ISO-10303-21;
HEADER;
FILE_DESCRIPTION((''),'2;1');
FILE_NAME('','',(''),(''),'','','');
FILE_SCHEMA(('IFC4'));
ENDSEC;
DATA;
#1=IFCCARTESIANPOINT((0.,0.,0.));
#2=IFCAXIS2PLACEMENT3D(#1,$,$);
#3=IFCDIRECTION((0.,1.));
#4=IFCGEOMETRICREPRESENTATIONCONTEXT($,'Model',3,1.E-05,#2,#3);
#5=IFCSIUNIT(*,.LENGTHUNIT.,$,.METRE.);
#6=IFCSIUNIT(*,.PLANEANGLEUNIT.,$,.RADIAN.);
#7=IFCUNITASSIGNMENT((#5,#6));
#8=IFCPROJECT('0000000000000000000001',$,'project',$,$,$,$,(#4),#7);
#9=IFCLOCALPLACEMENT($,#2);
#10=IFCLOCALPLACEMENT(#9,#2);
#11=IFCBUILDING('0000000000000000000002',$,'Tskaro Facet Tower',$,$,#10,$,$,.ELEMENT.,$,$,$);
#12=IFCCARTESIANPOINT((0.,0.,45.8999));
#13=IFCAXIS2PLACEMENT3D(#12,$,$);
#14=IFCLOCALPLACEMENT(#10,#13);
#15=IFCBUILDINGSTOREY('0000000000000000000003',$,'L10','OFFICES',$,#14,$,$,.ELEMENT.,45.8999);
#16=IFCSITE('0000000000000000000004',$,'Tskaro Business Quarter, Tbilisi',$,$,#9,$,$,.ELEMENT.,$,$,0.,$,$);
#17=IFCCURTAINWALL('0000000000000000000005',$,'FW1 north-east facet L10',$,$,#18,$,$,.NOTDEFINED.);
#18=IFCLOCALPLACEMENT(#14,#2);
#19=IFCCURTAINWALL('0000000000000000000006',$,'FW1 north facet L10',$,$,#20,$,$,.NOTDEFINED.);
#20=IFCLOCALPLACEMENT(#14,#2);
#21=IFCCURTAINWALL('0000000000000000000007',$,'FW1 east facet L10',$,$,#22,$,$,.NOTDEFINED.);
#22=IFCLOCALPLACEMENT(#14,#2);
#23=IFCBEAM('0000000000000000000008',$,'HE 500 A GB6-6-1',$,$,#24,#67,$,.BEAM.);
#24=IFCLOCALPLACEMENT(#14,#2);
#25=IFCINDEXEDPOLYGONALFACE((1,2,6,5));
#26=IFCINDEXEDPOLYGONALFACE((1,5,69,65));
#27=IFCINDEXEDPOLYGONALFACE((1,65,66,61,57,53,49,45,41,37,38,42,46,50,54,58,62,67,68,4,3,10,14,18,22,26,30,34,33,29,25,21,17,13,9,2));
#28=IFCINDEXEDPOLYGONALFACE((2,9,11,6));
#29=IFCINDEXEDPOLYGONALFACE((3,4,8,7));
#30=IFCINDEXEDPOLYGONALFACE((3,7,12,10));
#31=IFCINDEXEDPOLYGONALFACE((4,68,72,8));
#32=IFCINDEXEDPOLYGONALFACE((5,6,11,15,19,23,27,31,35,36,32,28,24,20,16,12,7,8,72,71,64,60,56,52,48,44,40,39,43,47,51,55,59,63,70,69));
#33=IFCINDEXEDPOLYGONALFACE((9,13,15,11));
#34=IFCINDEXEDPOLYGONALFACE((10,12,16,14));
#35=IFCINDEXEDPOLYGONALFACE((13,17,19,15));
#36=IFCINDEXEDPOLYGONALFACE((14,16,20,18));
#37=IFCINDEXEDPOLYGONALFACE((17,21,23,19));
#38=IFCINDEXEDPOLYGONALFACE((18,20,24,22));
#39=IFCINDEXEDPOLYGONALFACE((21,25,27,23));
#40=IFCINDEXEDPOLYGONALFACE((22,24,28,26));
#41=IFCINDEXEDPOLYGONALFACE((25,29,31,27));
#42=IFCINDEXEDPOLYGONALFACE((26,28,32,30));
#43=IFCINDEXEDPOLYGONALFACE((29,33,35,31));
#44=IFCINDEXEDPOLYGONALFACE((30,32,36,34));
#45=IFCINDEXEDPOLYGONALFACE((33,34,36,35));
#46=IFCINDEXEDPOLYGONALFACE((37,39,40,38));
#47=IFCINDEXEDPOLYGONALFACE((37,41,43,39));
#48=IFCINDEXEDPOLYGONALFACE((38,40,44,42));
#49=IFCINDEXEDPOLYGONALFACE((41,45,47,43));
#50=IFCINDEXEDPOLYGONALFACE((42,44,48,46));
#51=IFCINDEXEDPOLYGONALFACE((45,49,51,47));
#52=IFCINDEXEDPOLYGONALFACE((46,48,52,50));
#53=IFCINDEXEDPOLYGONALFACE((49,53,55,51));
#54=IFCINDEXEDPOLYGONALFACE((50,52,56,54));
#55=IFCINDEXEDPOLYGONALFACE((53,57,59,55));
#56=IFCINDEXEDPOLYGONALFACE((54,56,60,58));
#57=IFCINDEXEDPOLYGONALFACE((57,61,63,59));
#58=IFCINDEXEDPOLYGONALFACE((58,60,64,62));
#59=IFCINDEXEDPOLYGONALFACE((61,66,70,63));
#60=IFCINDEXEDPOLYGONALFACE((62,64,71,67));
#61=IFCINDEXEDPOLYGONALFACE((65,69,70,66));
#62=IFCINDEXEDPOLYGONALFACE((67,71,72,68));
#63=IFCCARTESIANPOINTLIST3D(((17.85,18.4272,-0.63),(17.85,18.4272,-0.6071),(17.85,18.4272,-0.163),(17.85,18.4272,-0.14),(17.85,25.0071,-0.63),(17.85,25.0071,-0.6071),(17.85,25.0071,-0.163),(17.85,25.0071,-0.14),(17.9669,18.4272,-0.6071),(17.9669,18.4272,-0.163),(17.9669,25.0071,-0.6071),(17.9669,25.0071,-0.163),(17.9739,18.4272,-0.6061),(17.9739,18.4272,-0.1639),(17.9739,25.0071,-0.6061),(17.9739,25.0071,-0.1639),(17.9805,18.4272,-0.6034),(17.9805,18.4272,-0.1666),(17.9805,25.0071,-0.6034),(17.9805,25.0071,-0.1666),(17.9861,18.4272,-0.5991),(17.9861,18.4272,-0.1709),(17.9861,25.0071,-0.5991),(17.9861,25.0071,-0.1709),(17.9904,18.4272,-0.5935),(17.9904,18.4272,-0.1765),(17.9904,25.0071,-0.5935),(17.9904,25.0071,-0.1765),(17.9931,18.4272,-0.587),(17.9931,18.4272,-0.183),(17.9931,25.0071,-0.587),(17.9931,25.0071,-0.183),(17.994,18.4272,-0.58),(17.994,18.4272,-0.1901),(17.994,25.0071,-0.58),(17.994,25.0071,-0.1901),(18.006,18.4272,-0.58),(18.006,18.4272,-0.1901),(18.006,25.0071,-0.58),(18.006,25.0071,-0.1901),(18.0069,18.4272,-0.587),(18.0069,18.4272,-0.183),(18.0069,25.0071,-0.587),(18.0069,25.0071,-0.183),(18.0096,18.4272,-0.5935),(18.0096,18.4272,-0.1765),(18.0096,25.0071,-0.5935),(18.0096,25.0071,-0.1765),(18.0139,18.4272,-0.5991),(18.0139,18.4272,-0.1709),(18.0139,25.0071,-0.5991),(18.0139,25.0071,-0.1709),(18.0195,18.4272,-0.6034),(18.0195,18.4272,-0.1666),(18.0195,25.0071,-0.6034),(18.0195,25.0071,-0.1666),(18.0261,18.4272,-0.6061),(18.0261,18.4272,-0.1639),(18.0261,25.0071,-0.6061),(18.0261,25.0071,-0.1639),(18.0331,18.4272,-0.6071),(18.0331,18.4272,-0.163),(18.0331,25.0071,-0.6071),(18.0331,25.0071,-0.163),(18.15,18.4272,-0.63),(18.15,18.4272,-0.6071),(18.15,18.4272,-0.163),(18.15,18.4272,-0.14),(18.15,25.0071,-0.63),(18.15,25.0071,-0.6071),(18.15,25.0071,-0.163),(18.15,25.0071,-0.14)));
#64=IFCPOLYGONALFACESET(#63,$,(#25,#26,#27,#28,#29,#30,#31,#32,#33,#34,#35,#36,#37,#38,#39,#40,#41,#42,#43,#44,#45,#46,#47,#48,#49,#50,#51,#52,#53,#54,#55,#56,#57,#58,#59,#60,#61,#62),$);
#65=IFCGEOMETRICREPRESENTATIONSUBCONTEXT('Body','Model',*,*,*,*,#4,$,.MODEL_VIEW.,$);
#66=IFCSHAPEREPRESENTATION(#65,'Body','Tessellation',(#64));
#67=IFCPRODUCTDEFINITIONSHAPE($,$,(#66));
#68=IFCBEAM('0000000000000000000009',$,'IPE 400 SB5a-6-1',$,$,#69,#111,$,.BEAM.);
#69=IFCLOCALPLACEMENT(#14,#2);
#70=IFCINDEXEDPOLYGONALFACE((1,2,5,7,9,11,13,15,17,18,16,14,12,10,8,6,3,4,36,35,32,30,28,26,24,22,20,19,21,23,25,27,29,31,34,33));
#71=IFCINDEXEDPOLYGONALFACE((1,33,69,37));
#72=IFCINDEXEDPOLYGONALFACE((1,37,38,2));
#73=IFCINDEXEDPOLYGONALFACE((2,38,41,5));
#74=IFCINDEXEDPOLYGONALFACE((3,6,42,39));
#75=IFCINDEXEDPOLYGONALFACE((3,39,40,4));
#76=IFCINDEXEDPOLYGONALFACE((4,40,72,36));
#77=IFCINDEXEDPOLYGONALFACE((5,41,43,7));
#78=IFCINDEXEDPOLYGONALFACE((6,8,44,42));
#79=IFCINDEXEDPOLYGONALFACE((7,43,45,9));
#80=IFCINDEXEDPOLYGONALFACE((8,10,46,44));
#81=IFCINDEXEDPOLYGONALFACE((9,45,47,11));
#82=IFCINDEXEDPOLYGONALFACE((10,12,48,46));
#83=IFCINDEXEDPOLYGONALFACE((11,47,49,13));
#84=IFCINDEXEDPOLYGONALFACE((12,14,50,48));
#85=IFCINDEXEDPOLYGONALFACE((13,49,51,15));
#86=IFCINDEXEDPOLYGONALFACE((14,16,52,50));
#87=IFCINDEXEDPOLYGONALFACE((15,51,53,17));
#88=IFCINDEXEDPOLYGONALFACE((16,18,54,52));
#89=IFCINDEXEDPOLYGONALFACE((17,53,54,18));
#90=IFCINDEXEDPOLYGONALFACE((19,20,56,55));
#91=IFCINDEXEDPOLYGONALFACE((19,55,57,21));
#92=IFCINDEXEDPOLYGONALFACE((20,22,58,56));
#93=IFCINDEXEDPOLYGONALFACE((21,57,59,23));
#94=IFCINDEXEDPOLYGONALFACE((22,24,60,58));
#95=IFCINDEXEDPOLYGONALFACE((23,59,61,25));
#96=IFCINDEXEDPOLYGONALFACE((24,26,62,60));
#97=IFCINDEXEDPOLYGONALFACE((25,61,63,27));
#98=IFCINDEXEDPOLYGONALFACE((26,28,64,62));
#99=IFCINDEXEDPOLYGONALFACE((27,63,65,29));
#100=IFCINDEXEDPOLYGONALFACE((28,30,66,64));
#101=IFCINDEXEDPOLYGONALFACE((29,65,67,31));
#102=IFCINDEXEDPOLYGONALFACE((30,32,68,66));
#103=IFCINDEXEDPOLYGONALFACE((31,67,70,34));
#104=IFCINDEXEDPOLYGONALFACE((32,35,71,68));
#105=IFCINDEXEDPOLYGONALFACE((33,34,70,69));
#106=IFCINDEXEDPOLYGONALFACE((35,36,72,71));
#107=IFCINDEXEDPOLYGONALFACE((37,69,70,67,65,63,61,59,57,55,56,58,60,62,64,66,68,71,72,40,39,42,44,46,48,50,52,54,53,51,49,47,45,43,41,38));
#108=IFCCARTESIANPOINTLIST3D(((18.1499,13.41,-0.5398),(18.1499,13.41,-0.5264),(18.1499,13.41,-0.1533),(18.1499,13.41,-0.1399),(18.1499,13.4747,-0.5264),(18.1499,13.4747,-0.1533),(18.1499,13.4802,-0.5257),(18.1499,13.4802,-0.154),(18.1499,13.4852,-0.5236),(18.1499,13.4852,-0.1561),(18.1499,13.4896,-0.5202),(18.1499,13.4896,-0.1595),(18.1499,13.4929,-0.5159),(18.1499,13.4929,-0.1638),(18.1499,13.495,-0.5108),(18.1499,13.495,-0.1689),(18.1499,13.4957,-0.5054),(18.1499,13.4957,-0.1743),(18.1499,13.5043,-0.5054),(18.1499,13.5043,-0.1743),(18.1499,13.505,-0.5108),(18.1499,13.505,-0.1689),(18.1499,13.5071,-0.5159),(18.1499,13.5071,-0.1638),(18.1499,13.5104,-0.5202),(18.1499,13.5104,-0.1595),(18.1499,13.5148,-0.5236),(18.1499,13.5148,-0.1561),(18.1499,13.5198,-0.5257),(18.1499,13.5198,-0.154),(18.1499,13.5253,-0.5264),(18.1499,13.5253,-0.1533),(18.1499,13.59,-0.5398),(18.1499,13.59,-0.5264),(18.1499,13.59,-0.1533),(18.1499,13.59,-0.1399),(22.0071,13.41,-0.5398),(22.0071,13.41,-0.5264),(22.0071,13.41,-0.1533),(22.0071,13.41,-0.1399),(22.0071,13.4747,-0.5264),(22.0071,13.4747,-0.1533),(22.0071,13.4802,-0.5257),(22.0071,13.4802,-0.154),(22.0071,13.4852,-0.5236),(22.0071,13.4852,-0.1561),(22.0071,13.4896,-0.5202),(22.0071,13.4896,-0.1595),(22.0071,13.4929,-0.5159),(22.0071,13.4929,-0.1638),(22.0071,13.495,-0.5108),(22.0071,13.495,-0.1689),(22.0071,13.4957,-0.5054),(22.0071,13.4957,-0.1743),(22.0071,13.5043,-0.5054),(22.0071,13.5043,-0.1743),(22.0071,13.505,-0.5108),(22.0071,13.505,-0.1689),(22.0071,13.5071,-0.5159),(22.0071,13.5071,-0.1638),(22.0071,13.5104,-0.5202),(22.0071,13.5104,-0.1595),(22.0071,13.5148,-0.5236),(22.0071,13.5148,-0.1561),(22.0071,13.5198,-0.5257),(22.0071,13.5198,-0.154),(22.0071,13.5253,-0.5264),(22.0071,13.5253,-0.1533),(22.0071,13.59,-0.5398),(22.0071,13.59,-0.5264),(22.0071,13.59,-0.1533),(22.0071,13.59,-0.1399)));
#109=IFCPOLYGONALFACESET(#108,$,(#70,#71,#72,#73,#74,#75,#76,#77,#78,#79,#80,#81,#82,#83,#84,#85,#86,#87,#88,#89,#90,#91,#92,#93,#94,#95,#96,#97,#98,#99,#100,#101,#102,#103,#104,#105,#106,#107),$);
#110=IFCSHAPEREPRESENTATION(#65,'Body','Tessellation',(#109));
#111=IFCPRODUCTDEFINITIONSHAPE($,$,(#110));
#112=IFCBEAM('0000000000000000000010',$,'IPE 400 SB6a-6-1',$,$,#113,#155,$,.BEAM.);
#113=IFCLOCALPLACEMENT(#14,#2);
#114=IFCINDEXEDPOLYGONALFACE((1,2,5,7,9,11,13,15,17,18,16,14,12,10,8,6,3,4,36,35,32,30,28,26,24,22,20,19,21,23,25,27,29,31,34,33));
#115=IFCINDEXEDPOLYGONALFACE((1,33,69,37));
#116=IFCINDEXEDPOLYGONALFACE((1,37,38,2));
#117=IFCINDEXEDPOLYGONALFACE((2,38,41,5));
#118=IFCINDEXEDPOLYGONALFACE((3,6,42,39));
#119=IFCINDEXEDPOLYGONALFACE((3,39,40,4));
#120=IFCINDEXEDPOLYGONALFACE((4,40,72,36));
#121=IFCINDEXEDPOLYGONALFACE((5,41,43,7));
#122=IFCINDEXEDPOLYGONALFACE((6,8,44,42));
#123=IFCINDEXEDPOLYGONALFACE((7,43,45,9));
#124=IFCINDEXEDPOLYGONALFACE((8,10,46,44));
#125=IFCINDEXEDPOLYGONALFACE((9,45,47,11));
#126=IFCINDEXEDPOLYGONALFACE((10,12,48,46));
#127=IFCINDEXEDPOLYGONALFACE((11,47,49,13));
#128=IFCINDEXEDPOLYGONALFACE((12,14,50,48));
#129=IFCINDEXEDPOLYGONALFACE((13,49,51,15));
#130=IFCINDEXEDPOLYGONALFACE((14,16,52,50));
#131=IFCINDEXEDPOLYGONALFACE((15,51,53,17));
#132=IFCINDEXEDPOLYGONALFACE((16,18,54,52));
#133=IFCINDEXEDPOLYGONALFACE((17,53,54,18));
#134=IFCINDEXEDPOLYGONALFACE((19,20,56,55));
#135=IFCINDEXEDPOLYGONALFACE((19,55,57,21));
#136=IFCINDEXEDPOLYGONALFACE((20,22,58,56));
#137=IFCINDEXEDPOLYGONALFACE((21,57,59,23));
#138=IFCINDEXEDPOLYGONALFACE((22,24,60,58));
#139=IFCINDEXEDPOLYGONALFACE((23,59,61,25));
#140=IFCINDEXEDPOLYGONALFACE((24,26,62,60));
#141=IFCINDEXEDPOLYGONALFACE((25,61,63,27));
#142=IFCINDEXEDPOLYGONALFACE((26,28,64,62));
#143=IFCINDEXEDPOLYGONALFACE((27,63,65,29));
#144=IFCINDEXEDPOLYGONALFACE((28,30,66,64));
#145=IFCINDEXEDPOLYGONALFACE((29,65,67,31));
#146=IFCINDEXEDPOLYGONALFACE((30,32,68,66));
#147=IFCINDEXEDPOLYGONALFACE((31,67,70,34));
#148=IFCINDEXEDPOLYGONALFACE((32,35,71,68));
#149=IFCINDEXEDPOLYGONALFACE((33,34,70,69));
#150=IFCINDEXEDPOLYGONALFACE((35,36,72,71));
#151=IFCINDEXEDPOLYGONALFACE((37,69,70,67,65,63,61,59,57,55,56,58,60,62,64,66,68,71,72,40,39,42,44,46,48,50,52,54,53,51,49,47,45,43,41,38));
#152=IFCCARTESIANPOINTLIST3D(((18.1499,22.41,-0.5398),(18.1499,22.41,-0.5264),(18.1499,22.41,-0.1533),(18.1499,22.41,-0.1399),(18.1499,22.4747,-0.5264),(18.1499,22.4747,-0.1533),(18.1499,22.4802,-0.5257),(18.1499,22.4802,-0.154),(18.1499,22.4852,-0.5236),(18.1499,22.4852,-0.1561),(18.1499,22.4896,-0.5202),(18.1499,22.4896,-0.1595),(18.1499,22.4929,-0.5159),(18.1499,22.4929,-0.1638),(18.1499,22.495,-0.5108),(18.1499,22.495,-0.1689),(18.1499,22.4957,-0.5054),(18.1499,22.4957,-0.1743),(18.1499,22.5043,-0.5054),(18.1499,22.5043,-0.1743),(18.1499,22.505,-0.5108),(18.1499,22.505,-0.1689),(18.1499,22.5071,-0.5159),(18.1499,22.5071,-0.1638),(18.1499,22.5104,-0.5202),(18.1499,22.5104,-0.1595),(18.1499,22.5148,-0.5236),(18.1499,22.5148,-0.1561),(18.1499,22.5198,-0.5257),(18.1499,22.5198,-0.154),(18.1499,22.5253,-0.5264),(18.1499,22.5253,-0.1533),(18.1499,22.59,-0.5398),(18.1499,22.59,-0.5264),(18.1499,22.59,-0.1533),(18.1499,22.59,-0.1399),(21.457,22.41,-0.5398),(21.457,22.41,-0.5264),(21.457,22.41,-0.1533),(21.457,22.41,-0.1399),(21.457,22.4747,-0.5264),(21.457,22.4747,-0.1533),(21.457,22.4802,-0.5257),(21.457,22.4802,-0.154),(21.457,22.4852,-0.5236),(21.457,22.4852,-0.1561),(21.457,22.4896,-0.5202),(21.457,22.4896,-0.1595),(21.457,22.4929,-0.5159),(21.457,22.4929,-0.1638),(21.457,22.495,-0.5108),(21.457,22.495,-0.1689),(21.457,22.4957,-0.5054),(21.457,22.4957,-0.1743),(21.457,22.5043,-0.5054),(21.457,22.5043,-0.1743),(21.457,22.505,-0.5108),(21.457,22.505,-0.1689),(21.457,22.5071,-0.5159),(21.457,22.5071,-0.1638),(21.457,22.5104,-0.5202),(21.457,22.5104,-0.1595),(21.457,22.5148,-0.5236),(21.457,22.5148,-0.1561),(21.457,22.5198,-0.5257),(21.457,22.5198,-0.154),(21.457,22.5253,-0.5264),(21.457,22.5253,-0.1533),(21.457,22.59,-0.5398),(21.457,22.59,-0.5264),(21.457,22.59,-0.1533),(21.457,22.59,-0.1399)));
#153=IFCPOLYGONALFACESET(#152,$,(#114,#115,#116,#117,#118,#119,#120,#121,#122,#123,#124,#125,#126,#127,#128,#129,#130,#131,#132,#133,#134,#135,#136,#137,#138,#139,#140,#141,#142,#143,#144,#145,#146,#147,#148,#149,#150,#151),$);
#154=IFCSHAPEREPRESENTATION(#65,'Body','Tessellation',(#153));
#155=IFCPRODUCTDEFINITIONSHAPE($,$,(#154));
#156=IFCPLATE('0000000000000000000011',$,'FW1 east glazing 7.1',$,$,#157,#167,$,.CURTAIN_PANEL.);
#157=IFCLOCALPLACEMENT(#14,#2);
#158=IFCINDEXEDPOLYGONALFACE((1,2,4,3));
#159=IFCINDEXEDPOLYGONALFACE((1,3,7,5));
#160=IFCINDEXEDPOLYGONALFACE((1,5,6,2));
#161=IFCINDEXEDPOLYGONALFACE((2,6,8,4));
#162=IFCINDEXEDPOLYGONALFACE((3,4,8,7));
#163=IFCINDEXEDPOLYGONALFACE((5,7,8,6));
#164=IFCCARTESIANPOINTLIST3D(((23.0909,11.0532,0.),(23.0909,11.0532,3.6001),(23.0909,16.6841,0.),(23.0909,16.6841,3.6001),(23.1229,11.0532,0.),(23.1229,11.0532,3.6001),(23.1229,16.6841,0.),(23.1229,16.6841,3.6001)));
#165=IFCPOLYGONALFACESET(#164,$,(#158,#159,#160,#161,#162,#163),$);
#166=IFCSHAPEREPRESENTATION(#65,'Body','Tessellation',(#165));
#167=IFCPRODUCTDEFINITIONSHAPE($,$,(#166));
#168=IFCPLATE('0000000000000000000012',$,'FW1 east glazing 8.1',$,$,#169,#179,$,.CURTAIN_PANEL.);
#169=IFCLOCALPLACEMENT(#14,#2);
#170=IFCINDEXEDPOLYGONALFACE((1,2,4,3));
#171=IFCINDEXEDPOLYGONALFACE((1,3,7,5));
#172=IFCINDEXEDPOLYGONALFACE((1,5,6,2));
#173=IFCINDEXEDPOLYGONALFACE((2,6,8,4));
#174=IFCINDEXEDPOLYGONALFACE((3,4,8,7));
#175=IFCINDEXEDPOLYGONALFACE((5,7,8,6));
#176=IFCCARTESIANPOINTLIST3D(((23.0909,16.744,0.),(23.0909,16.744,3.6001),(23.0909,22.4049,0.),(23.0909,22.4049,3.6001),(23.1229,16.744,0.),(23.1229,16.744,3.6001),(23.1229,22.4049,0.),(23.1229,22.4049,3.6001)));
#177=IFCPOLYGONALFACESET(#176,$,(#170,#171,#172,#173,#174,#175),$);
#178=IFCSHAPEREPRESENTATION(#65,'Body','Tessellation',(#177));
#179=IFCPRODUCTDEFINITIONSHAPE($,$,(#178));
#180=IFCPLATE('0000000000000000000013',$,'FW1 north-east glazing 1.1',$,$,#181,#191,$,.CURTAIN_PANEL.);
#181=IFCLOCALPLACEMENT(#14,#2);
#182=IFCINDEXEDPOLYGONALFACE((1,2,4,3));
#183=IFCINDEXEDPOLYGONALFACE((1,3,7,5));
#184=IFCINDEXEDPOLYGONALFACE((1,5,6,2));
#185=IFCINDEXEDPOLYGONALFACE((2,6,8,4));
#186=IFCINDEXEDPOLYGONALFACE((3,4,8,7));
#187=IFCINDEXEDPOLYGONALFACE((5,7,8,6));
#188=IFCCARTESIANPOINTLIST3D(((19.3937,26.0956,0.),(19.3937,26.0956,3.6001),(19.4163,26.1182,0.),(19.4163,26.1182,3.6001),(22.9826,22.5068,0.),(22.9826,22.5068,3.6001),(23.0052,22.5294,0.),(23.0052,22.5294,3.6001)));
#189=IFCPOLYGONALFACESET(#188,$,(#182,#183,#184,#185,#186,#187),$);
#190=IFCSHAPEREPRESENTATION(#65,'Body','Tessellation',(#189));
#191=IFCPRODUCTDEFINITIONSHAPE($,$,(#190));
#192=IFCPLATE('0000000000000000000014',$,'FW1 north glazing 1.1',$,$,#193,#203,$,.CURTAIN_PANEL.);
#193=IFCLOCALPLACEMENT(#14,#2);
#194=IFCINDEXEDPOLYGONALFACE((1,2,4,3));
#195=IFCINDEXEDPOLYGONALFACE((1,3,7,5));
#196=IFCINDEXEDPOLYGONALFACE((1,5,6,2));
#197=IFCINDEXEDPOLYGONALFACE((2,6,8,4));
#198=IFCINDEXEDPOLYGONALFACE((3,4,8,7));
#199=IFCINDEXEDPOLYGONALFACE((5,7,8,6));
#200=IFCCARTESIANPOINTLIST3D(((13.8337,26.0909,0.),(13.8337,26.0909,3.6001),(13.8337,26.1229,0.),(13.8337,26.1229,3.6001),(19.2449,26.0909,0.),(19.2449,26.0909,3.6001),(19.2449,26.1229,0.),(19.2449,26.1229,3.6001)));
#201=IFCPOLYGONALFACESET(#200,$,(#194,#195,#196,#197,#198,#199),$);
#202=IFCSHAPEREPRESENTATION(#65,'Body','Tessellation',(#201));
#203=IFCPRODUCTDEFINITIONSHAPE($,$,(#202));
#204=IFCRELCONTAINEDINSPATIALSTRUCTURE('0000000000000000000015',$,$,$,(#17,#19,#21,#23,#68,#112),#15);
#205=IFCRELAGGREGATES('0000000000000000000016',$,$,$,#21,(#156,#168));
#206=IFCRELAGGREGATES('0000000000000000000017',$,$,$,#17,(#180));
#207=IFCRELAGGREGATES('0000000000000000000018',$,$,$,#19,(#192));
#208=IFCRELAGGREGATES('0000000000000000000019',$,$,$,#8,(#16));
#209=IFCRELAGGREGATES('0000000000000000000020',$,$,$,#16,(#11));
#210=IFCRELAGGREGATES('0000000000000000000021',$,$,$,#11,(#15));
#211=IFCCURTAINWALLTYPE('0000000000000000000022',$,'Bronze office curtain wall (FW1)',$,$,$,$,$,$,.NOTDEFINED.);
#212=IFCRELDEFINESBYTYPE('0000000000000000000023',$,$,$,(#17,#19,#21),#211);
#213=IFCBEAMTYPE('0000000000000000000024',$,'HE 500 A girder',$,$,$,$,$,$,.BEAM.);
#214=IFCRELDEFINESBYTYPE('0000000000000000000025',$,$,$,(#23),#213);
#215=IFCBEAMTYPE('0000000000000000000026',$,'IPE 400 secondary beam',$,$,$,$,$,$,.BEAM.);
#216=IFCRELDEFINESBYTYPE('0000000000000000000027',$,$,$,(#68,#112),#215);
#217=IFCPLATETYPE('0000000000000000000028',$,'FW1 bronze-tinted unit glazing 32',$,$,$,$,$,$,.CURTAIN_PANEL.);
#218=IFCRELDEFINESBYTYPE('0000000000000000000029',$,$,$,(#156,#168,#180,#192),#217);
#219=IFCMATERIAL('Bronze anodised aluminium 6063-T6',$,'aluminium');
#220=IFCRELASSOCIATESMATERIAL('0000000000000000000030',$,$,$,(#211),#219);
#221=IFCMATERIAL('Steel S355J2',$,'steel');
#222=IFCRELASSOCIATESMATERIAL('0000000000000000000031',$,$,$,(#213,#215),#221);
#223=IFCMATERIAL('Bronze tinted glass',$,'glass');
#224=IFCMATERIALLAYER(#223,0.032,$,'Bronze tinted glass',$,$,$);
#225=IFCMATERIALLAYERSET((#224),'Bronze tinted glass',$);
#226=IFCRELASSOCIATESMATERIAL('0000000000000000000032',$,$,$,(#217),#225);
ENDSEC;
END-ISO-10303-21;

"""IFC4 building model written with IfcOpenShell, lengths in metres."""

from ifc_helpers import new_model, si_unit, direction, frame, origin, origin_2d, place, context, subcontext, project, spatial, rectangle, i_section, extrude, material, layer, layer_set, material_profile, profile_set, type_object, element, aggregate, save


model = new_model("IFC4")

# Units and contexts
model_context = context("Model", 3, precision=1e-05, world=origin(), true_north=direction((0.0, 1.0)))
body_context = subcontext(model_context, "Body", "Model", "MODEL_VIEW")
ifc_project = project(units=[si_unit("LENGTHUNIT", "METRE"), si_unit("PLANEANGLEUNIT", "RADIAN")], contexts=[model_context])

# Site, building, storey
site_placement = place(None, origin())
site = spatial("IfcSite", under=ifc_project, at=site_placement, Name="Tskaro Business Quarter, Tbilisi", CompositionType="ELEMENT", RefElevation=0.0)
building_placement = place(site_placement, origin())
building = spatial("IfcBuilding", under=site, at=building_placement, Name="Tskaro Facet Tower", CompositionType="ELEMENT")
storey_placement = place(building_placement, frame((0.0, 0.0, 45.8999)))
storey = spatial("IfcBuildingStorey", under=building, at=storey_placement, Name="L10", Description="OFFICES", CompositionType="ELEMENT", Elevation=45.8999)

# Curtain walls
ifc_material_1 = material(Name="Bronze anodised aluminium 6063-T6", Category="aluminium")
curtain_wall_type = type_object("IfcCurtainWallType", Name="Bronze office curtain wall (FW1)", PredefinedType="NOTDEFINED", material=ifc_material_1)
curtain_wall_1_placement = place(storey_placement, origin())
curtain_wall_1 = element("IfcCurtainWall", 1, at=curtain_wall_1_placement, inside=storey, type_object=curtain_wall_type, Name="FW1 north-east facet L10", PredefinedType="NOTDEFINED")
curtain_wall_2_placement = place(storey_placement, origin())
curtain_wall_2 = element("IfcCurtainWall", 2, at=curtain_wall_2_placement, inside=storey, type_object=curtain_wall_type, Name="FW1 north facet L10", PredefinedType="NOTDEFINED")

# Curtain wall
curtain_wall_3_placement = place(storey_placement, origin())
curtain_wall_3 = element("IfcCurtainWall", 3, at=curtain_wall_3_placement, inside=storey, type_object=curtain_wall_type, Name="FW1 east facet L10", PredefinedType="NOTDEFINED")

# Beams
ifc_material_2 = material(Name="Steel S355J2", Category="steel")
ifc_material_profile_1 = material_profile(ifc_material_2, i_section(OverallWidth=0.3, OverallDepth=0.49, WebThickness=0.012, FlangeThickness=0.0229, FilletRadius=0.0271, at=origin_2d()), Name="HE 500 A")
ifc_profile_set_1 = profile_set([ifc_material_profile_1], Name="Steel S355J2")
beam_type_1 = type_object("IfcBeamType", Name="HE 500 A girder", PredefinedType="BEAM", material=ifc_profile_set_1)
beam_1_placement = place(storey_placement, frame((18.0, 18.4272, -0.385), z_axis=(0.0, 1.0, 0.0), x_axis=(-1.0, 0.0, 0.0)))
element("IfcBeam", 4, at=beam_1_placement, inside=storey, type_object=beam_type_1, Name="HE 500 A GB6-6-1", PredefinedType="BEAM", context=body_context, shape_type="SweptSolid", body=[
    extrude(i_section(OverallWidth=0.3, OverallDepth=0.49, WebThickness=0.012, FlangeThickness=0.0229, FilletRadius=0.0271, at=origin_2d()), origin(), (0.0, 0.0, 1.0), 6.5798),
])
ifc_material_profile_2 = material_profile(ifc_material_2, i_section(OverallWidth=0.1799, OverallDepth=0.3999, WebThickness=0.0085, FlangeThickness=0.0134, FilletRadius=0.021, at=origin_2d()), Name="IPE 400")
ifc_profile_set_2 = profile_set([ifc_material_profile_2], Name="Steel S355J2")
beam_type_2 = type_object("IfcBeamType", Name="IPE 400 secondary beam", PredefinedType="BEAM", material=ifc_profile_set_2)
beam_2_placement = place(storey_placement, frame((18.1499, 13.5, -0.3398), z_axis=(1.0, 0.0, 0.0), x_axis=(0.0, 1.0, 0.0)))
element("IfcBeam", 5, at=beam_2_placement, inside=storey, type_object=beam_type_2, Name="IPE 400 SB5a-6-1", PredefinedType="BEAM", context=body_context, shape_type="SweptSolid", body=[
    extrude(i_section(OverallWidth=0.1799, OverallDepth=0.3999, WebThickness=0.0085, FlangeThickness=0.0134, FilletRadius=0.021, at=origin_2d()), origin(), (0.0, 0.0, 1.0), 3.8572),
])
beam_3_placement = place(storey_placement, frame((18.1499, 22.5, -0.3398), z_axis=(1.0, 0.0, 0.0), x_axis=(0.0, 1.0, 0.0)))
element("IfcBeam", 6, at=beam_3_placement, inside=storey, type_object=beam_type_2, Name="IPE 400 SB6a-6-1", PredefinedType="BEAM", context=body_context, shape_type="SweptSolid", body=[
    extrude(i_section(OverallWidth=0.1799, OverallDepth=0.3999, WebThickness=0.0085, FlangeThickness=0.0134, FilletRadius=0.021, at=origin_2d()), origin(), (0.0, 0.0, 1.0), 3.3071),
])

# Plates
ifc_material_3 = material(Name="Bronze tinted glass", Category="glass")
ifc_layer_1 = layer(ifc_material_3, 0.032, Name="Bronze tinted glass")
ifc_layer_set_1 = layer_set([ifc_layer_1], Name="Bronze tinted glass")
plate_type = type_object("IfcPlateType", Name="FW1 bronze-tinted unit glazing 32", PredefinedType="CURTAIN_PANEL", material=ifc_layer_set_1)
plate_1_placement = place(storey_placement, frame((23.1069, 13.8687, 0.0), z_axis=(0.0, 0.0, 1.0), x_axis=(0.0, 1.0, 0.0)))
plate_1 = element("IfcPlate", 7, at=plate_1_placement, type_object=plate_type, Name="FW1 east glazing 7.1", PredefinedType="CURTAIN_PANEL", context=body_context, shape_type="SweptSolid", body=[
    extrude(rectangle(XDim=5.6309, YDim=0.032, at=origin_2d()), origin(), (0.0, 0.0, 1.0), 3.6001),
])
plate_2_placement = place(storey_placement, frame((23.1069, 19.5745, 0.0), z_axis=(0.0, 0.0, 1.0), x_axis=(0.0, 1.0, 0.0)))
plate_2 = element("IfcPlate", 8, at=plate_2_placement, type_object=plate_type, Name="FW1 east glazing 8.1", PredefinedType="CURTAIN_PANEL", context=body_context, shape_type="SweptSolid", body=[
    extrude(rectangle(XDim=5.6609, YDim=0.032, at=origin_2d()), origin(), (0.0, 0.0, 1.0), 3.6001),
])
aggregate(curtain_wall_3, [plate_1, plate_2])
plate_3_placement = place(storey_placement, frame((21.1995, 24.3125, 0.0), z_axis=(0.0, 0.0, 1.0), x_axis=(-0.707107, 0.707107, 0.0)))
plate_3 = element("IfcPlate", 9, at=plate_3_placement, type_object=plate_type, Name="FW1 north-east glazing 1.1", PredefinedType="CURTAIN_PANEL", context=body_context, shape_type="SweptSolid", body=[
    extrude(rectangle(XDim=5.0754, YDim=0.032, at=origin_2d()), origin(), (0.0, 0.0, 1.0), 3.6001),
])
aggregate(curtain_wall_1, [plate_3])
plate_4_placement = place(storey_placement, frame((16.5393, 26.1069, 0.0), z_axis=(0.0, 0.0, 1.0), x_axis=(-1.0, 0.0, 0.0)))
plate_4 = element("IfcPlate", 10, at=plate_4_placement, type_object=plate_type, Name="FW1 north glazing 1.1", PredefinedType="CURTAIN_PANEL", context=body_context, shape_type="SweptSolid", body=[
    extrude(rectangle(XDim=5.4111, YDim=0.032, at=origin_2d()), origin(), (0.0, 0.0, 1.0), 3.6001),
])
aggregate(curtain_wall_2, [plate_4])

save(model, "model.ifc")
